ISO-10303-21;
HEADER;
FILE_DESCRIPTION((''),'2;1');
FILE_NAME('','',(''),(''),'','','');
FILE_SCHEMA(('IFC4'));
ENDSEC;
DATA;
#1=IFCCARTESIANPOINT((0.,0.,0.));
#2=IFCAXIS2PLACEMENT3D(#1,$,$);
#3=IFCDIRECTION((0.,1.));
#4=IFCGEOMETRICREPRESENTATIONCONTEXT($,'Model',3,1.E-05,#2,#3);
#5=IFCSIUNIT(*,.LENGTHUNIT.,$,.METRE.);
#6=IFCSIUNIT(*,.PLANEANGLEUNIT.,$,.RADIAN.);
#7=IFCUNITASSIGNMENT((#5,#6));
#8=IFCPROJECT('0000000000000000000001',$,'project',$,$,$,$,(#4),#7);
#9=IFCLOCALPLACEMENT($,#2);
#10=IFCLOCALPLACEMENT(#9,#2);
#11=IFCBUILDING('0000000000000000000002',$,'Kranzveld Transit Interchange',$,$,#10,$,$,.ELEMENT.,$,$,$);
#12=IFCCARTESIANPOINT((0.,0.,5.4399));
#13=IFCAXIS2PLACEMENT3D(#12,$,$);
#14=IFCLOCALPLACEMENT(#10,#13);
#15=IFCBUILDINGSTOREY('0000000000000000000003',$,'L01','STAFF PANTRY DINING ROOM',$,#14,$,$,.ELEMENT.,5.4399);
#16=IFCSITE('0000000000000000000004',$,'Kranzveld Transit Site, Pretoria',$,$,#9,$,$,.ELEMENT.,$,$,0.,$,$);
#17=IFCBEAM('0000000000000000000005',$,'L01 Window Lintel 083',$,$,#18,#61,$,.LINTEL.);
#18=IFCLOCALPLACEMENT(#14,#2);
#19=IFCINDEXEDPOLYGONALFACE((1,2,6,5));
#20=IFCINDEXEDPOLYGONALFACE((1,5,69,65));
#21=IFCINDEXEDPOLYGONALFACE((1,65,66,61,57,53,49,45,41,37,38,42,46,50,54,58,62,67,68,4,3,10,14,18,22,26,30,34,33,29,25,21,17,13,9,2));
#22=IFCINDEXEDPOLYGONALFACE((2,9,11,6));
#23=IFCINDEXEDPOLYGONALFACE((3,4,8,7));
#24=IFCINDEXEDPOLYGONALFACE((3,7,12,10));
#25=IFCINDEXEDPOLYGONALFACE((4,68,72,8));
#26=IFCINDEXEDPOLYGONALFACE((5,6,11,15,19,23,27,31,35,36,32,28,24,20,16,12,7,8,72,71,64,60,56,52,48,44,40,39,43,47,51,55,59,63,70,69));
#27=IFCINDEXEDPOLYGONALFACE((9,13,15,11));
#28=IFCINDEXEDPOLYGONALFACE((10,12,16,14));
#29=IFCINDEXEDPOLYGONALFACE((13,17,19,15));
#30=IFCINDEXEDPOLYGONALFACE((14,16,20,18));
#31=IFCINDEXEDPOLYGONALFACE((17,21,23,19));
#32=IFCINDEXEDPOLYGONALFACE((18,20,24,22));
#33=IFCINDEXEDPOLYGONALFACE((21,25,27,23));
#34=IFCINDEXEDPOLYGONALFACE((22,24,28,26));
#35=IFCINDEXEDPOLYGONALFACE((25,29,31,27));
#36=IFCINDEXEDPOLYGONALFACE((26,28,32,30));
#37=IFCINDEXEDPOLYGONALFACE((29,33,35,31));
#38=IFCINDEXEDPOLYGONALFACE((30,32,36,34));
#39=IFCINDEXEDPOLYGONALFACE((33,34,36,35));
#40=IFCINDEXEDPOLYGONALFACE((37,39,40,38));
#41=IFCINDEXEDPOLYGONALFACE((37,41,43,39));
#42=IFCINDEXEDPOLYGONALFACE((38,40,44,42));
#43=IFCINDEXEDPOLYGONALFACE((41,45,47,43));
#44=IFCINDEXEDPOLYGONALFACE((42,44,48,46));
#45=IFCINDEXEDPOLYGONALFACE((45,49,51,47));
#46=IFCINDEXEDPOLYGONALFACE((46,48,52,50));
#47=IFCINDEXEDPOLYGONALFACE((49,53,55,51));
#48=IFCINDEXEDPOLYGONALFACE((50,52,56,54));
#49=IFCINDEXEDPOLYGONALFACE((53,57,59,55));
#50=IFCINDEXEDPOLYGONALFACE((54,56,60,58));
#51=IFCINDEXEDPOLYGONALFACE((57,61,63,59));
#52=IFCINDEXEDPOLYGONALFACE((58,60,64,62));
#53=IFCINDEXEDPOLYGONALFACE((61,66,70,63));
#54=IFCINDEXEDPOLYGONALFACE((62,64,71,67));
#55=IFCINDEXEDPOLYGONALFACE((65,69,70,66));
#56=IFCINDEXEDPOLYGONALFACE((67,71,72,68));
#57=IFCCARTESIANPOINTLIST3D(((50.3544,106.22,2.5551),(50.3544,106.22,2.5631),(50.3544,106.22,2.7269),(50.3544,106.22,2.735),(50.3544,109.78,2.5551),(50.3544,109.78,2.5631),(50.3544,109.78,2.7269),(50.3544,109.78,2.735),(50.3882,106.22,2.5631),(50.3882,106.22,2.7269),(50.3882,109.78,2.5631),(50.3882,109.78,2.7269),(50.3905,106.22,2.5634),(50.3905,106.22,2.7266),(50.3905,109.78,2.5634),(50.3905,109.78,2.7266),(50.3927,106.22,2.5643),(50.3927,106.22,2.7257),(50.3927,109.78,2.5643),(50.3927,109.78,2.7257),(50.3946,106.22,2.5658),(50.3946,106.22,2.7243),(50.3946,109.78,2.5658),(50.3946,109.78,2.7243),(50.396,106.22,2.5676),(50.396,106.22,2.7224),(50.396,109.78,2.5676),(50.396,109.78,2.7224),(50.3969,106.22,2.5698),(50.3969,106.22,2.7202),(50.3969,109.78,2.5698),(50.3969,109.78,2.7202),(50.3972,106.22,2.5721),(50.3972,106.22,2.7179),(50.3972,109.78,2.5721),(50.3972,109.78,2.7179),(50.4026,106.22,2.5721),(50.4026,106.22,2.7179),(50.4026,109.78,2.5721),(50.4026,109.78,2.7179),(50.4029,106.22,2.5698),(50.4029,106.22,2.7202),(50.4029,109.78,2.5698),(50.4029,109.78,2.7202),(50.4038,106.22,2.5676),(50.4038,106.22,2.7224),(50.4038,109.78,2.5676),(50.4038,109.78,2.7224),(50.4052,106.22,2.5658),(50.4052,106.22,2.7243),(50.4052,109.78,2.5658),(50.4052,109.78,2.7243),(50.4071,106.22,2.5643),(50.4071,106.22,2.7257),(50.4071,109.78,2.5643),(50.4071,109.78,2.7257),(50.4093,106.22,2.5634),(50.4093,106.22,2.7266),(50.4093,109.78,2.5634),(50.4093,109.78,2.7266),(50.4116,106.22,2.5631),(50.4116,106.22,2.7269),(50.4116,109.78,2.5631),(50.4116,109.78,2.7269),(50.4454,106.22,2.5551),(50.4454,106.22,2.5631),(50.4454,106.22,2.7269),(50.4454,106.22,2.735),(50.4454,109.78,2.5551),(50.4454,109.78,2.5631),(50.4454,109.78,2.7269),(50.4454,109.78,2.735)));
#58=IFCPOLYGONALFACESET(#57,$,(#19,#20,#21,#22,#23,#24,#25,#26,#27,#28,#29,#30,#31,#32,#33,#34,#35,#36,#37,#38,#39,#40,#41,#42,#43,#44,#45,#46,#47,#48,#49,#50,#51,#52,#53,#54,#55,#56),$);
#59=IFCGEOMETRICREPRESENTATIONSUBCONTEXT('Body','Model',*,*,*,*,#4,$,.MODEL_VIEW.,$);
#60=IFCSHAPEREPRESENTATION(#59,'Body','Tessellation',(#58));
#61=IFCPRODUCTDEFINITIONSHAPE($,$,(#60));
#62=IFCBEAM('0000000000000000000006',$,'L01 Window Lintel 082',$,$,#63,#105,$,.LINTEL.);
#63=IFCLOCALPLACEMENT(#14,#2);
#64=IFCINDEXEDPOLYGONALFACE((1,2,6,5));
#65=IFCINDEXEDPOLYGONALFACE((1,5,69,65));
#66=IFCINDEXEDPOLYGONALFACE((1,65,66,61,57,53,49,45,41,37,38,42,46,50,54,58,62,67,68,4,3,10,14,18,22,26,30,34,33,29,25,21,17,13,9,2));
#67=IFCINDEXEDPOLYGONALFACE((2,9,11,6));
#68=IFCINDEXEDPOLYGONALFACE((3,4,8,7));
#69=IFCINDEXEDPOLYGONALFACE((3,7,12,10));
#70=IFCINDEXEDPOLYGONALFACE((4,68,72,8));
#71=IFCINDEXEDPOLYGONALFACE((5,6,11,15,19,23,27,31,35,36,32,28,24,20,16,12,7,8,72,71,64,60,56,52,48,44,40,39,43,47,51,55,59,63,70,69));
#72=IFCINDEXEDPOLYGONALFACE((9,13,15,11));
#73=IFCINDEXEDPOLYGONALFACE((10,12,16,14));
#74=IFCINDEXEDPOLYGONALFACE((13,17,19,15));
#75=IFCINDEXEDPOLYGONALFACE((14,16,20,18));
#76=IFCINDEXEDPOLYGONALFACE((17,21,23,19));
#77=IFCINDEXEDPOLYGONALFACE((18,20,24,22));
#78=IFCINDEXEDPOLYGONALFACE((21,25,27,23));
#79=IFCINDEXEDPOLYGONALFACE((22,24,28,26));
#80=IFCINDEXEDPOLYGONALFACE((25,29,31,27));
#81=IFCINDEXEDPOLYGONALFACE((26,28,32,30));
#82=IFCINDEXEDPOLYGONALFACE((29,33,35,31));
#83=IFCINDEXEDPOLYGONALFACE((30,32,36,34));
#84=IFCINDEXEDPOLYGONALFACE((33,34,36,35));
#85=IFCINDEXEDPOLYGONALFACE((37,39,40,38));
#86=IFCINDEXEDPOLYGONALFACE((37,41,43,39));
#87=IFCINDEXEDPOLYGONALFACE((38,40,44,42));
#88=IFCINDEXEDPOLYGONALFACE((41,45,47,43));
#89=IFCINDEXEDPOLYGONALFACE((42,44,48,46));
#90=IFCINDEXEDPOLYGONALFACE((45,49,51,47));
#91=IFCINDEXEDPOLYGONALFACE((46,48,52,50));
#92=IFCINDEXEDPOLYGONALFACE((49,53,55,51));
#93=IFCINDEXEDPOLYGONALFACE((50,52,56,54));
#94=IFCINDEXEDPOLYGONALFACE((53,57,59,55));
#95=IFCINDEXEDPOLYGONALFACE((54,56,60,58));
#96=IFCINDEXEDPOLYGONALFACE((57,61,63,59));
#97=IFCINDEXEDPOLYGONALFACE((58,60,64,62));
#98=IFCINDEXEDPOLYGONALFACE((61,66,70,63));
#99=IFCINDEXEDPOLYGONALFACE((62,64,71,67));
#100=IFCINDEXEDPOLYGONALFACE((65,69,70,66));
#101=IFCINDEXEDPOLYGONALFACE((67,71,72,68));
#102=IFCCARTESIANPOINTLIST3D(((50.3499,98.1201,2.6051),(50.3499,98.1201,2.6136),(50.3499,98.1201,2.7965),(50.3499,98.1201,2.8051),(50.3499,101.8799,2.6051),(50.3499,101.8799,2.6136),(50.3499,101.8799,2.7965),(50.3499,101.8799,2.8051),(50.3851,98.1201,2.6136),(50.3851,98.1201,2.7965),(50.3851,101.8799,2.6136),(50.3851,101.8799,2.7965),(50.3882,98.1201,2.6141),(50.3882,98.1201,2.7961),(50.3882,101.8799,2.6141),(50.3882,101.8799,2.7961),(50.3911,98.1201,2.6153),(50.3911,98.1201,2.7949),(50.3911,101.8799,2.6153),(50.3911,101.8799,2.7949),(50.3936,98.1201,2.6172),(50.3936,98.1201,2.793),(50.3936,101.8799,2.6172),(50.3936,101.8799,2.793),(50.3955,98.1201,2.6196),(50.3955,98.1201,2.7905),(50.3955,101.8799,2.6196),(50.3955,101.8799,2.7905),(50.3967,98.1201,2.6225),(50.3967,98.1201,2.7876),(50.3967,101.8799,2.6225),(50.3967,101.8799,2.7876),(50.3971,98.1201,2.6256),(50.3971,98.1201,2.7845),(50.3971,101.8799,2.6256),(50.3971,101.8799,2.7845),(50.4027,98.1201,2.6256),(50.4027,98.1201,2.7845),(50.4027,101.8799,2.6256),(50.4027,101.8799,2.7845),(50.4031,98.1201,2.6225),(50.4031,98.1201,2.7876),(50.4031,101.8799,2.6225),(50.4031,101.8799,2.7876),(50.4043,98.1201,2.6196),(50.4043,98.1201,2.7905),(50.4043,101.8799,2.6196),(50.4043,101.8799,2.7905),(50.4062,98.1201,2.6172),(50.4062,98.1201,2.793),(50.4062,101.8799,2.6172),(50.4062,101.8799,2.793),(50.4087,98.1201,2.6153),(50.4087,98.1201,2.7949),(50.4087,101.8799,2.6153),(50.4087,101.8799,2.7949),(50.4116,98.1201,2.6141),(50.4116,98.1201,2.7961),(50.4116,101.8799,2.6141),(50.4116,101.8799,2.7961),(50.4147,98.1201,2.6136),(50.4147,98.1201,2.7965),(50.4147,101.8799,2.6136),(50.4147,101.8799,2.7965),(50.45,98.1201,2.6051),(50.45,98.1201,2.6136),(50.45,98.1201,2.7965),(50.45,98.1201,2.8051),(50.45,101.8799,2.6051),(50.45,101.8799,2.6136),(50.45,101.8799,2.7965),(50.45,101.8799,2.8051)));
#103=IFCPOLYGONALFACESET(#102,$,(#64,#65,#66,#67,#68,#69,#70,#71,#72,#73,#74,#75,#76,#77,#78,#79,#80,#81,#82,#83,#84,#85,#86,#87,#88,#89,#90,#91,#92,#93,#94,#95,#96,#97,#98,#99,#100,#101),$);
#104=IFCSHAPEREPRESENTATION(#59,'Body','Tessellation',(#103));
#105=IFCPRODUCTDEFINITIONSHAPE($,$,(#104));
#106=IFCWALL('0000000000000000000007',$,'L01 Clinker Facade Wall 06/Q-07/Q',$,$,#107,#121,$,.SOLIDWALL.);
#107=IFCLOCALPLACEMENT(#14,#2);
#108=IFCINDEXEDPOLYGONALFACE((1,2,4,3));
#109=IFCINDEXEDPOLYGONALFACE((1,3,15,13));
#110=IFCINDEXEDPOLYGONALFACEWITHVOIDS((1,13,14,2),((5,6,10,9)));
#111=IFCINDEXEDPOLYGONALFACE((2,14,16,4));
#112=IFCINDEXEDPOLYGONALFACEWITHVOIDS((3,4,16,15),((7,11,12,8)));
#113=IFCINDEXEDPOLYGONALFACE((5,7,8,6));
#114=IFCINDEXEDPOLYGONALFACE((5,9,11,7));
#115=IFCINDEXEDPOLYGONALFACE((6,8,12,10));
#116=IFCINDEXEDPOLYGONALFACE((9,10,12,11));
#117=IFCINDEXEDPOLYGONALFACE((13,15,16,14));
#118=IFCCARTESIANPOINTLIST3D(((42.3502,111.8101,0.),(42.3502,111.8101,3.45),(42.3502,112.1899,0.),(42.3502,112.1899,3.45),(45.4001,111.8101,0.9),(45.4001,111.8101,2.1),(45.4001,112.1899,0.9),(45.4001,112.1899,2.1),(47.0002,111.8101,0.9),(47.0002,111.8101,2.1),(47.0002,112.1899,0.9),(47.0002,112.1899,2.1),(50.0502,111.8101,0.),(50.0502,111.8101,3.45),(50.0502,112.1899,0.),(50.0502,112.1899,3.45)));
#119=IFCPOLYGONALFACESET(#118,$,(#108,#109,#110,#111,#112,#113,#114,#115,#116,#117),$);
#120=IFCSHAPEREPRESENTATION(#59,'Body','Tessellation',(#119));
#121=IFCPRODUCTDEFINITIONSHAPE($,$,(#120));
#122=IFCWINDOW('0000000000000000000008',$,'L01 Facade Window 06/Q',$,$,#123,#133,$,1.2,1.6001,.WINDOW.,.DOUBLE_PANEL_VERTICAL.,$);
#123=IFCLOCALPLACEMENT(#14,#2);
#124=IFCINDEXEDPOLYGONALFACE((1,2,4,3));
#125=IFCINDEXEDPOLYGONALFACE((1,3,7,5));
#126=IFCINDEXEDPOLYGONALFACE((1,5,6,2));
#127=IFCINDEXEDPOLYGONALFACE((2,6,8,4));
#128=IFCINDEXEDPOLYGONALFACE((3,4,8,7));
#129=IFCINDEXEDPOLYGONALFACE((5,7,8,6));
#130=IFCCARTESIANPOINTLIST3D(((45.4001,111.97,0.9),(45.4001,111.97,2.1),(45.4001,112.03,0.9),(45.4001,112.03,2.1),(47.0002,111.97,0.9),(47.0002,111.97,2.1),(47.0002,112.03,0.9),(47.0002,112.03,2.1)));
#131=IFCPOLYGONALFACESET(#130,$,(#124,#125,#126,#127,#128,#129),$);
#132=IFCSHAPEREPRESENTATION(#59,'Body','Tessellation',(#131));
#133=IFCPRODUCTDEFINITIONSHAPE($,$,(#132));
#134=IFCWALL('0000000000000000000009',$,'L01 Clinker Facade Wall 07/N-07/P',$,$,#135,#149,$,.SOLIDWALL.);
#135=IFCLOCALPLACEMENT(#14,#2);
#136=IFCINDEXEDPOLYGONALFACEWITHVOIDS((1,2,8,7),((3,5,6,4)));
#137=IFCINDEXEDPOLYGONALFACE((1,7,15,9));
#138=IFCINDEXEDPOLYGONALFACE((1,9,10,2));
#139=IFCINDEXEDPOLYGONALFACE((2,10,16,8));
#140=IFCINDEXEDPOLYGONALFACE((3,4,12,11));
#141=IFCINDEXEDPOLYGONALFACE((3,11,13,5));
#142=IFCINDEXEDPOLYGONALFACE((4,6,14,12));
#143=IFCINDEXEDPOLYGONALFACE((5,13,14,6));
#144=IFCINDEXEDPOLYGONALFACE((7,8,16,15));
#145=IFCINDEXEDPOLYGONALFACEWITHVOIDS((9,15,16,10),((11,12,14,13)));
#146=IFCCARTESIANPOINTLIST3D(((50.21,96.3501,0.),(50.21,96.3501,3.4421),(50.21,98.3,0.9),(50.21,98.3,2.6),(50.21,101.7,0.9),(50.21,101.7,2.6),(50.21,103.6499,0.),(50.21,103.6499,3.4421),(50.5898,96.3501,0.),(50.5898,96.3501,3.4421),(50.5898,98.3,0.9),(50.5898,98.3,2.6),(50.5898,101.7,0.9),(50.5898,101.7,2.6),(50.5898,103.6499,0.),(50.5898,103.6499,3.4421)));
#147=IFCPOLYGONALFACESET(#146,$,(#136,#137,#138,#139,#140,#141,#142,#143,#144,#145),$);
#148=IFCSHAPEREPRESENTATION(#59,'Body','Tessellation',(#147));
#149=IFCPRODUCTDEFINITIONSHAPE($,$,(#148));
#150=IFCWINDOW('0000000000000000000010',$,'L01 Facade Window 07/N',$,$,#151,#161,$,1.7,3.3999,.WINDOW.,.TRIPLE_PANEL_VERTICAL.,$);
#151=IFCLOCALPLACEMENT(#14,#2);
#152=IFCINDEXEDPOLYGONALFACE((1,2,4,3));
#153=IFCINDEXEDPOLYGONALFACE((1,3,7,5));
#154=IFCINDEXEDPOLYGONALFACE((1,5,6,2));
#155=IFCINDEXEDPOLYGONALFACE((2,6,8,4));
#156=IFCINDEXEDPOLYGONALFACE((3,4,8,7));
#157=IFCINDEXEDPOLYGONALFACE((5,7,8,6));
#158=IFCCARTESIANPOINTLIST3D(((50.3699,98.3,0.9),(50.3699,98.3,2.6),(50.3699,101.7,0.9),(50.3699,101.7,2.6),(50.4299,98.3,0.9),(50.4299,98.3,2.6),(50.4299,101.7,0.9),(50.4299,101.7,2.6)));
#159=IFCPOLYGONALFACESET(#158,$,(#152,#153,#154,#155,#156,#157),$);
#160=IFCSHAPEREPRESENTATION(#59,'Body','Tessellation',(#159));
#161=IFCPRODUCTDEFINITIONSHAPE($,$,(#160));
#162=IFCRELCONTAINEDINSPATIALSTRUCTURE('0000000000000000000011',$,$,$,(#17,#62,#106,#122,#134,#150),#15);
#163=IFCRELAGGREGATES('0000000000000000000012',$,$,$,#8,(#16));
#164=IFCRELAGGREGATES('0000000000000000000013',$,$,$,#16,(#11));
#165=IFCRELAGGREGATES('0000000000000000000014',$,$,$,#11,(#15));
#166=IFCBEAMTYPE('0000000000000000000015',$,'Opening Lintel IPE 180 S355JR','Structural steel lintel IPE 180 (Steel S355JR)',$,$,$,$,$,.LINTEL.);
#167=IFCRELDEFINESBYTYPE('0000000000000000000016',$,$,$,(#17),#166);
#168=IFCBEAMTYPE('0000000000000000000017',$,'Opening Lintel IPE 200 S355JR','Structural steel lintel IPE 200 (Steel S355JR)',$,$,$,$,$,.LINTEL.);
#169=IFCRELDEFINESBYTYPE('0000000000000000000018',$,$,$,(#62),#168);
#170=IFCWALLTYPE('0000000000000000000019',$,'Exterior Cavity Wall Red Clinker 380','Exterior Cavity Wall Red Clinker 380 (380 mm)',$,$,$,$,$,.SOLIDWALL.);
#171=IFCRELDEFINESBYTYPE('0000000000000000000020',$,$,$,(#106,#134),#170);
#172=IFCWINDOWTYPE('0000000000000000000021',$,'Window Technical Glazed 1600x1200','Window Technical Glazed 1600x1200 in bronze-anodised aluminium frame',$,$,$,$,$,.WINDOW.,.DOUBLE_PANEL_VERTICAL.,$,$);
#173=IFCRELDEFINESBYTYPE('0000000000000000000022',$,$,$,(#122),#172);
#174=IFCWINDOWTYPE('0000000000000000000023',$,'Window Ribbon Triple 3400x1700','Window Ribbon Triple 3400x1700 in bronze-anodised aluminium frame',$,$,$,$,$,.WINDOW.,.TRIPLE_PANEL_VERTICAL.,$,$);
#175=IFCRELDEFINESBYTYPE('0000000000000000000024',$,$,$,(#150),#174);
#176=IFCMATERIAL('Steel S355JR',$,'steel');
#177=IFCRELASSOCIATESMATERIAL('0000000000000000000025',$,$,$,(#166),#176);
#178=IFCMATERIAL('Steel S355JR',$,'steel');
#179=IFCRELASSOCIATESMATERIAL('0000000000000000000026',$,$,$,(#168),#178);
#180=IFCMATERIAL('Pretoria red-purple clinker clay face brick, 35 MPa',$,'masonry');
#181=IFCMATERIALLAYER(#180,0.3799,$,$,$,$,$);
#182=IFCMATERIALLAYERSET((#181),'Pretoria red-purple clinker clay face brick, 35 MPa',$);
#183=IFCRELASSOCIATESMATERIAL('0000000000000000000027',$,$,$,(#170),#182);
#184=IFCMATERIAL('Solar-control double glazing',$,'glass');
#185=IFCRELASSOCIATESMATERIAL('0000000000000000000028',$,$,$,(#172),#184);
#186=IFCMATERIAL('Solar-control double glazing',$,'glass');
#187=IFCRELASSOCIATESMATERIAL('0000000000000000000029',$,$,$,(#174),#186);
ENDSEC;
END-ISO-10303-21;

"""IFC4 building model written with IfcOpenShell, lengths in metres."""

from ifc_helpers import new_model, si_unit, direction, frame, frame_2d, origin, origin_2d, place, context, subcontext, project, spatial, rectangle, i_section, extrude, material, layer, layer_set, material_profile, profile_set, type_object, element, fill, save


model = new_model("IFC4")

# Units and contexts
model_context = context("Model", 3, precision=1e-05, world=origin(), true_north=direction((0.0, 1.0)))
body_context = subcontext(model_context, "Body", "Model", "MODEL_VIEW")
ifc_project = project(units=[si_unit("LENGTHUNIT", "METRE"), si_unit("PLANEANGLEUNIT", "RADIAN")], contexts=[model_context])

# Site, building, storey
site_placement = place(None, origin())
site = spatial("IfcSite", under=ifc_project, at=site_placement, Name="Kranzveld Transit Site, Pretoria", CompositionType="ELEMENT", RefElevation=0.0)
building_placement = place(site_placement, origin())
building = spatial("IfcBuilding", under=site, at=building_placement, Name="Kranzveld Transit Interchange", CompositionType="ELEMENT")
storey_placement = place(building_placement, frame((0.0, 0.0, 5.4399)))
storey = spatial("IfcBuildingStorey", under=building, at=storey_placement, Name="L01", Description="STAFF PANTRY DINING ROOM", CompositionType="ELEMENT", Elevation=5.4399)

# Beams
ifc_material_1 = material(Name="Steel S355JR", Category="steel")
ifc_material_profile_1 = material_profile(ifc_material_1, i_section(OverallWidth=0.0911, OverallDepth=0.1799, WebThickness=0.0054, FlangeThickness=0.0081, FilletRadius=0.009, at=origin_2d()), Name="IPE 180")
ifc_profile_set_1 = profile_set([ifc_material_profile_1], Name="Steel S355JR")
beam_type_1 = type_object("IfcBeamType", Name="Opening Lintel IPE 180 S355JR", Description="Structural steel lintel IPE 180 (Steel S355JR)", PredefinedType="LINTEL", material=ifc_profile_set_1)
beam_1_placement = place(storey_placement, frame((50.3999, 106.22, 2.645), z_axis=(0.0, 1.0, 0.0), x_axis=(-1.0, 0.0, 0.0)))
element("IfcBeam", 1, at=beam_1_placement, inside=storey, type_object=beam_type_1, Name="L01 Window Lintel 083", PredefinedType="LINTEL", context=body_context, shape_type="SweptSolid", body=[
    extrude(i_section(OverallWidth=0.0911, OverallDepth=0.1799, WebThickness=0.0054, FlangeThickness=0.0081, FilletRadius=0.009, at=origin_2d()), origin(), (0.0, 0.0, 1.0), 3.5601),
])
ifc_material_2 = material(Name="Steel S355JR", Category="steel")
ifc_material_profile_2 = material_profile(ifc_material_2, i_section(OverallWidth=0.1001, OverallDepth=0.2, WebThickness=0.0056, FlangeThickness=0.0085, FilletRadius=0.012, at=origin_2d()), Name="IPE 200")
ifc_profile_set_2 = profile_set([ifc_material_profile_2], Name="Steel S355JR")
beam_type_2 = type_object("IfcBeamType", Name="Opening Lintel IPE 200 S355JR", Description="Structural steel lintel IPE 200 (Steel S355JR)", PredefinedType="LINTEL", material=ifc_profile_set_2)
beam_2_placement = place(storey_placement, frame((50.3999, 98.1201, 2.7051), z_axis=(0.0, 1.0, 0.0), x_axis=(-1.0, 0.0, 0.0)))
element("IfcBeam", 2, at=beam_2_placement, inside=storey, type_object=beam_type_2, Name="L01 Window Lintel 082", PredefinedType="LINTEL", context=body_context, shape_type="SweptSolid", body=[
    extrude(i_section(OverallWidth=0.1001, OverallDepth=0.2, WebThickness=0.0056, FlangeThickness=0.0085, FilletRadius=0.012, at=origin_2d()), origin(), (0.0, 0.0, 1.0), 3.7598),
])

# Walls, openings, windows
ifc_material_3 = material(Name="Pretoria red-purple clinker clay face brick, 35 MPa", Category="masonry")
ifc_layer_1 = layer(ifc_material_3, 0.3799)
ifc_layer_set_1 = layer_set([ifc_layer_1], Name="Pretoria red-purple clinker clay face brick, 35 MPa")
wall_type_1 = type_object("IfcWallType", Name="Exterior Cavity Wall Red Clinker 380", Description="Exterior Cavity Wall Red Clinker 380 (380 mm)", PredefinedType="SOLIDWALL", material=ifc_layer_set_1)
wall_1_placement = place(storey_placement, frame((42.3501, 112.0, 0.0), z_axis=(0.0, 0.0, 1.0), x_axis=(1.0, 0.0, 0.0)))
wall_1 = element("IfcWall", 3, at=wall_1_placement, inside=storey, type_object=wall_type_1, Name="L01 Clinker Facade Wall 06/Q-07/Q", PredefinedType="SOLIDWALL", context=body_context, shape_type="SweptSolid", body=[
    extrude(rectangle(XDim=7.7, YDim=0.3799, at=frame_2d((3.8501, 0.0))), origin(), (0.0, 0.0, 1.0), 3.45),
])
opening_1_placement = place(wall_1_placement, frame((3.05, 0.0, 0.8999), z_axis=(0.0, 0.0, 1.0), x_axis=(1.0, 0.0, 0.0)))
opening_1 = element("IfcOpeningElement", 4, at=opening_1_placement, cuts=wall_1, PredefinedType="OPENING", context=body_context, shape_type="SweptSolid", body=[
    extrude(rectangle(XDim=1.6001, YDim=1.2, at=frame_2d((0.8, 0.6001))), frame((0.0, 0.2, 0.0), z_axis=(0.0, -1.0, 0.0), x_axis=(1.0, 0.0, 0.0)), (0.0, 0.0, 1.0), 0.3999),
])
ifc_material_4 = material(Name="Solar-control double glazing", Category="glass")
window_type_1 = type_object("IfcWindowType", Name="Window Technical Glazed 1600x1200", Description="Window Technical Glazed 1600x1200 in bronze-anodised aluminium frame", PartitioningType="DOUBLE_PANEL_VERTICAL", PredefinedType="WINDOW", material=ifc_material_4)
window_1_placement = place(opening_1_placement, origin())
window_1 = element("IfcWindow", 5, at=window_1_placement, inside=storey, type_object=window_type_1, Name="L01 Facade Window 06/Q", OverallHeight=1.2, OverallWidth=1.6001, PartitioningType="DOUBLE_PANEL_VERTICAL", PredefinedType="WINDOW", context=body_context, shape_type="SweptSolid", body=[
    extrude(rectangle(XDim=1.6001, YDim=1.2, at=frame_2d((0.8, 0.6001))), frame((0.0, 0.03, 0.0), z_axis=(0.0, -1.0, 0.0), x_axis=(1.0, 0.0, 0.0)), (0.0, 0.0, 1.0), 0.0601),
])
fill(opening_1, window_1)
wall_2_placement = place(storey_placement, frame((50.3999, 96.3501, 0.0), z_axis=(0.0, 0.0, 1.0), x_axis=(0.0, 1.0, 0.0)))
wall_2 = element("IfcWall", 6, at=wall_2_placement, inside=storey, type_object=wall_type_1, Name="L01 Clinker Facade Wall 07/N-07/P", PredefinedType="SOLIDWALL", context=body_context, shape_type="SweptSolid", body=[
    extrude(rectangle(XDim=7.2998, YDim=0.3799, at=frame_2d((3.6499, 0.0))), origin(), (0.0, 0.0, 1.0), 3.4421),
])
opening_2_placement = place(wall_2_placement, frame((1.95, 0.0, 0.8999), z_axis=(0.0, 0.0, 1.0), x_axis=(1.0, 0.0, 0.0)))
opening_2 = element("IfcOpeningElement", 7, at=opening_2_placement, cuts=wall_2, PredefinedType="OPENING", context=body_context, shape_type="SweptSolid", body=[
    extrude(rectangle(XDim=3.3999, YDim=1.7, at=frame_2d((1.7, 0.8501))), frame((0.0, 0.2, 0.0), z_axis=(0.0, -1.0, 0.0), x_axis=(1.0, 0.0, 0.0)), (0.0, 0.0, 1.0), 0.3999),
])
ifc_material_5 = material(Name="Solar-control double glazing", Category="glass")
window_type_2 = type_object("IfcWindowType", Name="Window Ribbon Triple 3400x1700", Description="Window Ribbon Triple 3400x1700 in bronze-anodised aluminium frame", PartitioningType="TRIPLE_PANEL_VERTICAL", PredefinedType="WINDOW", material=ifc_material_5)
window_2_placement = place(opening_2_placement, origin())
window_2 = element("IfcWindow", 8, at=window_2_placement, inside=storey, type_object=window_type_2, Name="L01 Facade Window 07/N", OverallHeight=1.7, OverallWidth=3.3999, PartitioningType="TRIPLE_PANEL_VERTICAL", PredefinedType="WINDOW", context=body_context, shape_type="SweptSolid", body=[
    extrude(rectangle(XDim=3.3999, YDim=1.7, at=frame_2d((1.7, 0.8501))), frame((0.0, 0.03, 0.0), z_axis=(0.0, -1.0, 0.0), x_axis=(1.0, 0.0, 0.0)), (0.0, 0.0, 1.0), 0.0601),
])
fill(opening_2, window_2)

save(model, "model.ifc")
